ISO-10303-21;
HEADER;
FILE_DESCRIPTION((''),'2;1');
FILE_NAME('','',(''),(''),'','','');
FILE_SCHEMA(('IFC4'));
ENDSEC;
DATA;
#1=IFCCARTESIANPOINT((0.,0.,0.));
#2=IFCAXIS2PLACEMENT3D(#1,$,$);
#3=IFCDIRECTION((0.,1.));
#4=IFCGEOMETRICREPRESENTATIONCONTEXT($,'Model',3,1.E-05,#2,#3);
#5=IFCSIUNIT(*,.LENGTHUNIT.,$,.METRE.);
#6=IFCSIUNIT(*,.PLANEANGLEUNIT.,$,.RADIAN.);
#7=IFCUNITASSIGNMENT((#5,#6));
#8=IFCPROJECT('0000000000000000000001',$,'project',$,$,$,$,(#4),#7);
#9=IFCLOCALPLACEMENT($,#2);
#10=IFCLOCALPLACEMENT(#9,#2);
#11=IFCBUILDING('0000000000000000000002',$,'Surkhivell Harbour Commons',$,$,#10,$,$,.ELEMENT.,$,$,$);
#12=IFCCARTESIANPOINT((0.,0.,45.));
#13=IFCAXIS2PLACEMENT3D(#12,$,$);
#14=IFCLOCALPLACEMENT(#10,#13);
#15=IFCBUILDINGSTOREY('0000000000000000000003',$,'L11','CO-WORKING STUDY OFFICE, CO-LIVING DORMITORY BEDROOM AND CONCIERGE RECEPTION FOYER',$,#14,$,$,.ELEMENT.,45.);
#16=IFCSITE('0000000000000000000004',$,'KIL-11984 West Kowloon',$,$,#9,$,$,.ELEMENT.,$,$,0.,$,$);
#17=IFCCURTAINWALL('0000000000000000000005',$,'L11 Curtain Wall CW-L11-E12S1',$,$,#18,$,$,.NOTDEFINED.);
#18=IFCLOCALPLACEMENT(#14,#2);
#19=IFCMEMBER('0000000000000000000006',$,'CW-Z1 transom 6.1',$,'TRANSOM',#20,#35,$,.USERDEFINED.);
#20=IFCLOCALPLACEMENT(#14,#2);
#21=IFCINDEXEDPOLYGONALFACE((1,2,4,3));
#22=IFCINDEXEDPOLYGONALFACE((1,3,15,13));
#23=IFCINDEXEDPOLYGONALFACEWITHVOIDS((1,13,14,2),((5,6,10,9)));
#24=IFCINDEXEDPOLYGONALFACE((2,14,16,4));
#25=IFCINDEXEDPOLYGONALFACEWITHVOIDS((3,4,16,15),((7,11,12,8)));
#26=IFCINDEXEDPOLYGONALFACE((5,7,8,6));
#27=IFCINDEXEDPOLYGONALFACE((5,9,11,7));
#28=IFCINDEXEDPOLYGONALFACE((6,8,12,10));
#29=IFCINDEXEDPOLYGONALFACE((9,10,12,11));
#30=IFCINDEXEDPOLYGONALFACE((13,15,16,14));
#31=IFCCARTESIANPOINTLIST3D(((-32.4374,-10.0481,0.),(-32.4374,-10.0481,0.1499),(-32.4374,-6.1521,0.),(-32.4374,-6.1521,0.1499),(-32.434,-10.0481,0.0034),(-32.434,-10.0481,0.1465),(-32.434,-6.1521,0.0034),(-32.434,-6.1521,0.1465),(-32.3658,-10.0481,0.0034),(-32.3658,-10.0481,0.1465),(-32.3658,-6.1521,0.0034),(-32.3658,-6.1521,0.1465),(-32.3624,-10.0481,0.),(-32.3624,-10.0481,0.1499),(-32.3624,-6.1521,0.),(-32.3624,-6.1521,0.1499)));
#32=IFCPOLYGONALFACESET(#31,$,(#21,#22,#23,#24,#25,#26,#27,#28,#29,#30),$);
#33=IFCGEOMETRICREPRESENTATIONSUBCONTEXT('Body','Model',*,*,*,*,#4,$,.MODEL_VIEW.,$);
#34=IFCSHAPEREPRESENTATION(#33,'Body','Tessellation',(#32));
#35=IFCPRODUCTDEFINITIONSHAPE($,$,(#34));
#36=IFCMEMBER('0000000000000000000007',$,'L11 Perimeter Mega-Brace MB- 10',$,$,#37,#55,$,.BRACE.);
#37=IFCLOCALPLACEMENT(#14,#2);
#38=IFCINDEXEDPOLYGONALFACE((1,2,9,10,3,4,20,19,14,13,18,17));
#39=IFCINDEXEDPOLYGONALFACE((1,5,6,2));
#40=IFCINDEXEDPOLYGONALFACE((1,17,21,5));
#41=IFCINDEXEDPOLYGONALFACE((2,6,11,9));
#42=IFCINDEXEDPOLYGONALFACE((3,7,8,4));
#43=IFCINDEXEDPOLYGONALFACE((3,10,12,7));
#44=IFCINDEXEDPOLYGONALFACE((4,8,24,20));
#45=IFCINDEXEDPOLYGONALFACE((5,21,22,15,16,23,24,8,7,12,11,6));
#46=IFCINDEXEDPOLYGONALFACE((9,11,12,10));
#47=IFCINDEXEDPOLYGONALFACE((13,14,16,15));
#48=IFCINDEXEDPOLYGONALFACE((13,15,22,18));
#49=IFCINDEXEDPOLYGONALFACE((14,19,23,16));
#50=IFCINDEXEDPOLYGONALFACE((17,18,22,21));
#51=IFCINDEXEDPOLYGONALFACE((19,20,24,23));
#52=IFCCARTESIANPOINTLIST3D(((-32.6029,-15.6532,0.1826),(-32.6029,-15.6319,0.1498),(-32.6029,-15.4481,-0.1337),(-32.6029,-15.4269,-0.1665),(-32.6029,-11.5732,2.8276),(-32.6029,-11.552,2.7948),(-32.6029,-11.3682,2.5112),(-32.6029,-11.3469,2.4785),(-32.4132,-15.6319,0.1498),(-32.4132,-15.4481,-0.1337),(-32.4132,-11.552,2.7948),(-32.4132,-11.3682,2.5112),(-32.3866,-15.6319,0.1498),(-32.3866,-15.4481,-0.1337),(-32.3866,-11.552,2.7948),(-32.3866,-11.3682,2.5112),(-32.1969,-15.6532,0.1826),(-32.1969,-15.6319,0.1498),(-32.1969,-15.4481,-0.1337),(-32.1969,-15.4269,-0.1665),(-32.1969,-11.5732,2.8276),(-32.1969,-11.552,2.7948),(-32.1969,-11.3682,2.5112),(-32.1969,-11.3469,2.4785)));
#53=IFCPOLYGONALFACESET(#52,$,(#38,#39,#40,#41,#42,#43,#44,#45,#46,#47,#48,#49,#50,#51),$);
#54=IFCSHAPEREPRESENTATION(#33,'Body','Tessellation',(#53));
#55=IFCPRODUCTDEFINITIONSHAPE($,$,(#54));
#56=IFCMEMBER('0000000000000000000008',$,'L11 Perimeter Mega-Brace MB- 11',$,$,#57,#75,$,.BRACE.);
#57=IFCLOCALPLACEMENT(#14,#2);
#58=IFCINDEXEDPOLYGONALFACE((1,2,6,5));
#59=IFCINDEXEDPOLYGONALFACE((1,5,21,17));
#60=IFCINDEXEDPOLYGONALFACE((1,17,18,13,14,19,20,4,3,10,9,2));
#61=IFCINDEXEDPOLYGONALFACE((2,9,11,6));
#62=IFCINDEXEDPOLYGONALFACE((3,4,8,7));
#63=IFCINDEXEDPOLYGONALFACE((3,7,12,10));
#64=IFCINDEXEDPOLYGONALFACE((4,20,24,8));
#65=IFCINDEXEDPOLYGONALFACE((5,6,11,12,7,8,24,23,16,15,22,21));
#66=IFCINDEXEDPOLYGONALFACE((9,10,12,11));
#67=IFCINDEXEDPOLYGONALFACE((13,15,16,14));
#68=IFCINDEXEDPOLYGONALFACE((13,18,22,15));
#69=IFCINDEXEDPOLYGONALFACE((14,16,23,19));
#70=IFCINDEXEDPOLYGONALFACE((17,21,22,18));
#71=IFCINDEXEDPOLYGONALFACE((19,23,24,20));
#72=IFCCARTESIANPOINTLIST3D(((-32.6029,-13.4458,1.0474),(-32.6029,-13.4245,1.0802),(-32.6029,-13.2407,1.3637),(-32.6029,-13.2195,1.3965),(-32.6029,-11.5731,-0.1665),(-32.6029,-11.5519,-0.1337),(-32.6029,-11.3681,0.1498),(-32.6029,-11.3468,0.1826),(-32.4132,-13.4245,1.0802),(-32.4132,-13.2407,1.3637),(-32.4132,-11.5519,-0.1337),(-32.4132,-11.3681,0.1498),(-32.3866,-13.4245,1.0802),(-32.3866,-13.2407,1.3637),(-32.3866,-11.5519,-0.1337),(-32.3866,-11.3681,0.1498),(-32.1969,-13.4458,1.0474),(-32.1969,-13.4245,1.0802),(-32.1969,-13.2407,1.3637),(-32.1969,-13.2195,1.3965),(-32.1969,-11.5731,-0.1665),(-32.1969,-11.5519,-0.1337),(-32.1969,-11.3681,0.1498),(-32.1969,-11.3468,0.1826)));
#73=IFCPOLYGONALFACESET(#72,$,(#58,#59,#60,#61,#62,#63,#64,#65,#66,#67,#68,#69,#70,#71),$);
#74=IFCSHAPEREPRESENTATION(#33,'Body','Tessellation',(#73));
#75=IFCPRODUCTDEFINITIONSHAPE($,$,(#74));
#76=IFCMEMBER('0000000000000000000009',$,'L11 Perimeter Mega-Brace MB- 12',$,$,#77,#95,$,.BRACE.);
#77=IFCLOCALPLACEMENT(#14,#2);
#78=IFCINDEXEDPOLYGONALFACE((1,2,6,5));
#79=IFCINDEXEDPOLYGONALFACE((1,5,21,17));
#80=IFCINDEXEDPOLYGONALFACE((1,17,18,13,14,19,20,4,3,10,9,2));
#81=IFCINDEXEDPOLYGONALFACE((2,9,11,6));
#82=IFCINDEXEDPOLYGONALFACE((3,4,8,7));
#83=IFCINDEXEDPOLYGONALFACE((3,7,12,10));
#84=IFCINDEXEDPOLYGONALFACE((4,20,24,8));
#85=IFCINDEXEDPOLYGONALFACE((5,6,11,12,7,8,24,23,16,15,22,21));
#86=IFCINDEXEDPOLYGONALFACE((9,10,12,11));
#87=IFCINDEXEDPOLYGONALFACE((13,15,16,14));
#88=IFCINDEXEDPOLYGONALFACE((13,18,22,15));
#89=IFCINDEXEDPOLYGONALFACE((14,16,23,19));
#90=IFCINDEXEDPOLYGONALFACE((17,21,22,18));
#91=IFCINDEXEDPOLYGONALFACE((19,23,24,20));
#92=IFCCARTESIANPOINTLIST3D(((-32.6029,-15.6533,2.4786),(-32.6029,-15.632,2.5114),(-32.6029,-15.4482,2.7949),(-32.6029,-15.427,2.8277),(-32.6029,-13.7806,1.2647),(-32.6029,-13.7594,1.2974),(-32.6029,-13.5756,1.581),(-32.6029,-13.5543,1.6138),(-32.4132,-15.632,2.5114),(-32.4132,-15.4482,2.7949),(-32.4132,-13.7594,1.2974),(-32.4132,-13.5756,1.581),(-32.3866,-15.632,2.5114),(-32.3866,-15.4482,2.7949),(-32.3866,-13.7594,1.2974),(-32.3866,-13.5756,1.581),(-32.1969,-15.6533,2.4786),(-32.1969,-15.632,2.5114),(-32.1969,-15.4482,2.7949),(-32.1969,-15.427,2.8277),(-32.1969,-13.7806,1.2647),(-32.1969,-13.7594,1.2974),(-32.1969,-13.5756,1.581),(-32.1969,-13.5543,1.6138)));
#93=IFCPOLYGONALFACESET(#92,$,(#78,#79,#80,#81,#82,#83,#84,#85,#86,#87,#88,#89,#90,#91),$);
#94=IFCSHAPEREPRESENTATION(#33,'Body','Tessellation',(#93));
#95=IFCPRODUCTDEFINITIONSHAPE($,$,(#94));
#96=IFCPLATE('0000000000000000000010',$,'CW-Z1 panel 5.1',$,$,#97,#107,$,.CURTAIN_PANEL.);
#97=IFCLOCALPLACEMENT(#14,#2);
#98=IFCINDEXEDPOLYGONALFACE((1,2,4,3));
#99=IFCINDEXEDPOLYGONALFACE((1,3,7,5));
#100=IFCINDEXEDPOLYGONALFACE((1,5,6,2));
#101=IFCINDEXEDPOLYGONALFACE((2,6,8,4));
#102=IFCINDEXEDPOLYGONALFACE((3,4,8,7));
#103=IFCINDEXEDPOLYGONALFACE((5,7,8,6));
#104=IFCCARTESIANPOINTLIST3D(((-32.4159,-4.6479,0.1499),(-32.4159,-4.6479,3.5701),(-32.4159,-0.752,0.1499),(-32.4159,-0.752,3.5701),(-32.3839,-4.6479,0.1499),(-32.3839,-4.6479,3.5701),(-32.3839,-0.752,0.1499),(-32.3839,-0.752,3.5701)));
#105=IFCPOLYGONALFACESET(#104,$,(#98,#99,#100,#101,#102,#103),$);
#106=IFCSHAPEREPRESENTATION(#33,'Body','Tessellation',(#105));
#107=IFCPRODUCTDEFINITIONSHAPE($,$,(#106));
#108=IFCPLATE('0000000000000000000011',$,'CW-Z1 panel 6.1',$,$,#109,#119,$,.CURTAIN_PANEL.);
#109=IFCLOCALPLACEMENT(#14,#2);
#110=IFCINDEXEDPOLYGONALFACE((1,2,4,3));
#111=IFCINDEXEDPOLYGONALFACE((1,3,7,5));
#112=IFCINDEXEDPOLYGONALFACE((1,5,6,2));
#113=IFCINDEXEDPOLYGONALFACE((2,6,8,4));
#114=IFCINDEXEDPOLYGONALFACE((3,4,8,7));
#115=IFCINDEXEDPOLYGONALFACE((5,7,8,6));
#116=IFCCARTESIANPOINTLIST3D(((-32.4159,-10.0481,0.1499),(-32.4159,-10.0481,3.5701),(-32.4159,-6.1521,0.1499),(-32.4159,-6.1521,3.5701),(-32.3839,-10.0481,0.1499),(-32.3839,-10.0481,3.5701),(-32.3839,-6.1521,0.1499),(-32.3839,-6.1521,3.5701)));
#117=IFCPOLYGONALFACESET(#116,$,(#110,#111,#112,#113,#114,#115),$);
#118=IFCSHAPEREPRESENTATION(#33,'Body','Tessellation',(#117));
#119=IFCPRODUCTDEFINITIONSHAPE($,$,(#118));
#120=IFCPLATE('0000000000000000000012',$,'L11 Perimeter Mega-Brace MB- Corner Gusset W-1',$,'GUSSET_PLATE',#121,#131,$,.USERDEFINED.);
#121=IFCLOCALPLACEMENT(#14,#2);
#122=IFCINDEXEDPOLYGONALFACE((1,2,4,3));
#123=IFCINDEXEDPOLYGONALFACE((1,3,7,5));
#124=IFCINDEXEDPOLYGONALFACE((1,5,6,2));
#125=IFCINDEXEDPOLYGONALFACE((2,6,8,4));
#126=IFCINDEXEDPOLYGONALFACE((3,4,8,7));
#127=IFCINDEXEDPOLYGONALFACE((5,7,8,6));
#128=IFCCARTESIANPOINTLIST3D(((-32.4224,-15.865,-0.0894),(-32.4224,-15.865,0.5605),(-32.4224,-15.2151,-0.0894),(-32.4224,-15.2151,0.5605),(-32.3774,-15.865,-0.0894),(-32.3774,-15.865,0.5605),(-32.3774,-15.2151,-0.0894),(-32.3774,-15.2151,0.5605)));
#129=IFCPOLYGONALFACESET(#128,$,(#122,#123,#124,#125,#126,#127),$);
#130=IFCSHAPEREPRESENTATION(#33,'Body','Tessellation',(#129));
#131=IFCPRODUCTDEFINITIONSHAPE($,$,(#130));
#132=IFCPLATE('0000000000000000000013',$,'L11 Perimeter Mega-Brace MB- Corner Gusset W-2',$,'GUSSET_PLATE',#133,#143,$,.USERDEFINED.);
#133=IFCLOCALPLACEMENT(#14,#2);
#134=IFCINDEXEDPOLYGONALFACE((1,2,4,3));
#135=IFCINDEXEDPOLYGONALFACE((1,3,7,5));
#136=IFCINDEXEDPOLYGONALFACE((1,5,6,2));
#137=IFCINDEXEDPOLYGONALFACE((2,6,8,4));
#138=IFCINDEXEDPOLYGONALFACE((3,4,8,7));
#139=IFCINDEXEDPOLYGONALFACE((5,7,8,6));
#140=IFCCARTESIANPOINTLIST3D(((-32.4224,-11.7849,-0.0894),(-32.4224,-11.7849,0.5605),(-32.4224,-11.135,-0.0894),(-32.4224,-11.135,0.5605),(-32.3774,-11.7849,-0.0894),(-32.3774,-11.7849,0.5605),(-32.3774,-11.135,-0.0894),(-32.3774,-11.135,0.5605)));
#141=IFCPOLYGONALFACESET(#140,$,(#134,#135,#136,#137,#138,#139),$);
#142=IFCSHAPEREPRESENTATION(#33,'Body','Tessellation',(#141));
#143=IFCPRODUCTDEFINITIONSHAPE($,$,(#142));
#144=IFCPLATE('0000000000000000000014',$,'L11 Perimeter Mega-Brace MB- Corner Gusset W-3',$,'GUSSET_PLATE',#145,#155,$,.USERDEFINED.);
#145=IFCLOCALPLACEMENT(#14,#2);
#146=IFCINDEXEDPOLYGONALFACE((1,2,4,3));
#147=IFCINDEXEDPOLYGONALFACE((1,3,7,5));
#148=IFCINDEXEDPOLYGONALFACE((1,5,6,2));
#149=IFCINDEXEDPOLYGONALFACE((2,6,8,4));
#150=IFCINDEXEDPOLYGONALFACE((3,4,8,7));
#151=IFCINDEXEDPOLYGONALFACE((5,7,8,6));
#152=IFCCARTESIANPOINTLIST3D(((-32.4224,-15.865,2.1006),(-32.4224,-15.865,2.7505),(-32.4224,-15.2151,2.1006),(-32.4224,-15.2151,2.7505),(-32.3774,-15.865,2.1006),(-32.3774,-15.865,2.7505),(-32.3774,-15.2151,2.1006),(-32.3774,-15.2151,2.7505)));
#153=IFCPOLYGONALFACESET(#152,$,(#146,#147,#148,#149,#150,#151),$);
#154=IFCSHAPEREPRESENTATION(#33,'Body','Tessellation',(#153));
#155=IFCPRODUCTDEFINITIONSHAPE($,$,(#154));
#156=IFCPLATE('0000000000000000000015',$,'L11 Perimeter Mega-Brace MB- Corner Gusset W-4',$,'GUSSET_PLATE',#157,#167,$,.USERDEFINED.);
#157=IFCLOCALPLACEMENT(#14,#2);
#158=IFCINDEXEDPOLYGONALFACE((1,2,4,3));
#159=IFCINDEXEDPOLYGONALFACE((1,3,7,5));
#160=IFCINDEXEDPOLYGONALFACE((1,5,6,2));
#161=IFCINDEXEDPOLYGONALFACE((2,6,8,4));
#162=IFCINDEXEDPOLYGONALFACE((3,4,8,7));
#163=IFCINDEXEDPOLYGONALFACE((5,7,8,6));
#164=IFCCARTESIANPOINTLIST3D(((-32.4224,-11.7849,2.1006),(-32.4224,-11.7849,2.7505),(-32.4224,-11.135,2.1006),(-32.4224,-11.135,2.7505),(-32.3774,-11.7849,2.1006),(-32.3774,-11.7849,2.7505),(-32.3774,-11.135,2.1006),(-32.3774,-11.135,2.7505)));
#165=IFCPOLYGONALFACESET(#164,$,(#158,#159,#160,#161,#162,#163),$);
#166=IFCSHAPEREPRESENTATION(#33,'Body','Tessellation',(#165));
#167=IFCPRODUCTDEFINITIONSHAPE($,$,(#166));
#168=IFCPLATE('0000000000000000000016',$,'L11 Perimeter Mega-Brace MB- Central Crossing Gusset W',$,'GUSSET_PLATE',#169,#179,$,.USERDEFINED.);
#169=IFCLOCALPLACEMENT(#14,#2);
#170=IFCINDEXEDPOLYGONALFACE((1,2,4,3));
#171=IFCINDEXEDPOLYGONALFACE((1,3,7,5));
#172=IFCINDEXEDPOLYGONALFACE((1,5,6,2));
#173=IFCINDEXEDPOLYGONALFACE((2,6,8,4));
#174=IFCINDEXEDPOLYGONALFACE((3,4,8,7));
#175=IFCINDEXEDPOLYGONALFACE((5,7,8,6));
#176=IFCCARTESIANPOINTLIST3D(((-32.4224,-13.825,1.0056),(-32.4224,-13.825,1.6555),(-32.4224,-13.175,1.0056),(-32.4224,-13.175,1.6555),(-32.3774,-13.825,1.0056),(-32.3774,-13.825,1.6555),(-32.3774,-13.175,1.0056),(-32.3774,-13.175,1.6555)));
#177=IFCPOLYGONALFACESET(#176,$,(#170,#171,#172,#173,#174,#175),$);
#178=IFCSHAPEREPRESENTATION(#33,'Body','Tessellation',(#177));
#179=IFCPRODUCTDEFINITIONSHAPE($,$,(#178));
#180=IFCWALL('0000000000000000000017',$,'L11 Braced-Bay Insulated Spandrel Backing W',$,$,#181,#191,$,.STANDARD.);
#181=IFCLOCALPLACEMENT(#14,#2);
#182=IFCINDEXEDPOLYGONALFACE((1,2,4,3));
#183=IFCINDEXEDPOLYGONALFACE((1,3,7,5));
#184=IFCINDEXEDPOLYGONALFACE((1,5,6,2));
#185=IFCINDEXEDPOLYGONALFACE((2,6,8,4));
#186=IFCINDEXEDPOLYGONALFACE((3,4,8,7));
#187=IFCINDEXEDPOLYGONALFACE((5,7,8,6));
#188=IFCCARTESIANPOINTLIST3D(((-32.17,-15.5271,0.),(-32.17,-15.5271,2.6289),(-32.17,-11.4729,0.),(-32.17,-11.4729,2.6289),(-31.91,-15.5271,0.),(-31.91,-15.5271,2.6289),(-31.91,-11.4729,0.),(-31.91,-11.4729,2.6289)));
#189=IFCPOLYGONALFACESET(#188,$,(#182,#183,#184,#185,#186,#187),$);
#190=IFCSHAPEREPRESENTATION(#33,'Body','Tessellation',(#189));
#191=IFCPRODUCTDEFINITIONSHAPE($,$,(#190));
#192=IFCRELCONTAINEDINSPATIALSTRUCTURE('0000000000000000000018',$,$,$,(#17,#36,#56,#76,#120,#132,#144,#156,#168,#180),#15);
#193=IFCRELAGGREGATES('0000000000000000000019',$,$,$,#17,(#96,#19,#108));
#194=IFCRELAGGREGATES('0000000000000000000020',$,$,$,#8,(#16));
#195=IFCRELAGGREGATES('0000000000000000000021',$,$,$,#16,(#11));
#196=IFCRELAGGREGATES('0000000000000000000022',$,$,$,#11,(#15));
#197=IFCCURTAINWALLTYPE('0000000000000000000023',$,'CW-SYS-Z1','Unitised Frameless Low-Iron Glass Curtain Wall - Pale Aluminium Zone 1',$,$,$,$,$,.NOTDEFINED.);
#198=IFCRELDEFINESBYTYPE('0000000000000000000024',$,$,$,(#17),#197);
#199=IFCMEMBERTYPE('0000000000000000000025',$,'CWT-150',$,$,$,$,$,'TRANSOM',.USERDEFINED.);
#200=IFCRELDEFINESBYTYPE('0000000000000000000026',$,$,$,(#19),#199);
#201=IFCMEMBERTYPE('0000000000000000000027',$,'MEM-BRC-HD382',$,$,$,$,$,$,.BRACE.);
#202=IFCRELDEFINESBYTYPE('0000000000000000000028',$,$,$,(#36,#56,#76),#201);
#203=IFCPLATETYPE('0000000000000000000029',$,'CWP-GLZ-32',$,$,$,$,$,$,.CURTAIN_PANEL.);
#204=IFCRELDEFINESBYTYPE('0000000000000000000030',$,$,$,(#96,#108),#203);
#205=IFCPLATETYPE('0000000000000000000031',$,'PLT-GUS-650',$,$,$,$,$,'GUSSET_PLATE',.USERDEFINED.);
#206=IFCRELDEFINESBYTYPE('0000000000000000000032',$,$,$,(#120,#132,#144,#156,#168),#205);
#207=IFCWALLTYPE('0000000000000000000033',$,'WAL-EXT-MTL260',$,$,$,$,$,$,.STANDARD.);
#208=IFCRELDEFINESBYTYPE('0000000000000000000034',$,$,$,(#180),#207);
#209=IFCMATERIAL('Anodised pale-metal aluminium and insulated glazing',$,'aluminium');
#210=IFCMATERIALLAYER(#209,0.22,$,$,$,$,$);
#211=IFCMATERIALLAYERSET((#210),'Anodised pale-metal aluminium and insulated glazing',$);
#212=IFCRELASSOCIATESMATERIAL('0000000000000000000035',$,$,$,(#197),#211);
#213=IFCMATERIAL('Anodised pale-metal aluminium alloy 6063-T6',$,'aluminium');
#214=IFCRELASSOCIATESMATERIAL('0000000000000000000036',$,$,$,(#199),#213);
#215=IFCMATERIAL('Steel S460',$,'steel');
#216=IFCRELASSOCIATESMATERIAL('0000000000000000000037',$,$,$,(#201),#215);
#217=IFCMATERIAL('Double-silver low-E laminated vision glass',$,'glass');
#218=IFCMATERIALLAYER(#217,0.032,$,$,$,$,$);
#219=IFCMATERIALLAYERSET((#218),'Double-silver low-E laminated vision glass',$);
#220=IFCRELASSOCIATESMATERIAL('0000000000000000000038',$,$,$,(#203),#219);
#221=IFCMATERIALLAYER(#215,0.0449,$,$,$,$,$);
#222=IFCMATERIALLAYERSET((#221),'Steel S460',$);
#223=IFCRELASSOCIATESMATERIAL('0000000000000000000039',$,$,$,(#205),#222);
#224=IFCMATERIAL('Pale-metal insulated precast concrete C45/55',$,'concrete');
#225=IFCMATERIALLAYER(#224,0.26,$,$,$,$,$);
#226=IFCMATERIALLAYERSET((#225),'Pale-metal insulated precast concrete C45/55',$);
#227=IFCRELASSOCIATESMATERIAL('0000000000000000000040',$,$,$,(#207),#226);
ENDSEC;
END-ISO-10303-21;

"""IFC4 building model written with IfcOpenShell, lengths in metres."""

from ifc_helpers import new_model, si_unit, direction, frame, frame_2d, origin, origin_2d, place, context, subcontext, project, spatial, rectangle, hollow_rectangle, i_section, extrude, material, layer, layer_set, material_profile, profile_set, type_object, element, aggregate, save


model = new_model("IFC4")

# Units and contexts
model_context = context("Model", 3, precision=1e-05, world=origin(), true_north=direction((0.0, 1.0)))
body_context = subcontext(model_context, "Body", "Model", "MODEL_VIEW")
ifc_project = project(units=[si_unit("LENGTHUNIT", "METRE"), si_unit("PLANEANGLEUNIT", "RADIAN")], contexts=[model_context])

# Site, building, storey
site_placement = place(None, origin())
site = spatial("IfcSite", under=ifc_project, at=site_placement, Name="KIL-11984 West Kowloon", CompositionType="ELEMENT", RefElevation=0.0)
building_placement = place(site_placement, origin())
building = spatial("IfcBuilding", under=site, at=building_placement, Name="Surkhivell Harbour Commons", CompositionType="ELEMENT")
storey_placement = place(building_placement, frame((0.0, 0.0, 45.0)))
storey = spatial("IfcBuildingStorey", under=building, at=storey_placement, Name="L11", Description="CO-WORKING STUDY OFFICE, CO-LIVING DORMITORY BEDROOM AND CONCIERGE RECEPTION FOYER", CompositionType="ELEMENT", Elevation=45.0)

# Shared definitions
ifc_material_1 = material(Name="Steel S460", Category="steel")

# Curtain wall, member
ifc_material_2 = material(Name="Anodised pale-metal aluminium and insulated glazing", Category="aluminium")
ifc_layer_1 = layer(ifc_material_2, 0.22)
ifc_layer_set_1 = layer_set([ifc_layer_1], Name="Anodised pale-metal aluminium and insulated glazing")
curtain_wall_type = type_object("IfcCurtainWallType", Name="CW-SYS-Z1", Description="Unitised Frameless Low-Iron Glass Curtain Wall - Pale Aluminium Zone 1", PredefinedType="NOTDEFINED", material=ifc_layer_set_1)
curtain_wall_placement = place(storey_placement, origin())
curtain_wall = element("IfcCurtainWall", 1, at=curtain_wall_placement, inside=storey, type_object=curtain_wall_type, Name="L11 Curtain Wall CW-L11-E12S1", PredefinedType="NOTDEFINED")
ifc_material_3 = material(Name="Anodised pale-metal aluminium alloy 6063-T6", Category="aluminium")
ifc_material_profile_1 = material_profile(ifc_material_3, hollow_rectangle(XDim=0.075, YDim=0.1499, WallThickness=0.0034, at=origin_2d()), Name="ALU-TRAN-75x150")
ifc_profile_set_1 = profile_set([ifc_material_profile_1], Name="Anodised pale-metal aluminium alloy 6063-T6")
member_type_1 = type_object("IfcMemberType", Name="CWT-150", ElementType="TRANSOM", PredefinedType="USERDEFINED", material=ifc_profile_set_1)
member_1_placement = place(storey_placement, frame((-32.3999, -6.1521, 0.075), z_axis=(0.0, -1.0, 0.0), x_axis=(1.0, 0.0, 0.0)))
member_1 = element("IfcMember", 2, at=member_1_placement, type_object=member_type_1, Name="CW-Z1 transom 6.1", ObjectType="TRANSOM", PredefinedType="USERDEFINED", context=body_context, shape_type="SweptSolid", body=[
    extrude(hollow_rectangle(XDim=0.075, YDim=0.1499, WallThickness=0.0034, at=origin_2d()), origin(), (0.0, 0.0, 1.0), 3.896),
])

# Members
ifc_material_profile_2 = material_profile(ifc_material_1, i_section(OverallWidth=0.406, OverallDepth=0.416, WebThickness=0.0266, FlangeThickness=0.0391, at=origin_2d()), Name="HD400x382")
ifc_profile_set_2 = profile_set([ifc_material_profile_2], Name="Steel S460")
member_type_2 = type_object("IfcMemberType", Name="MEM-BRC-HD382", PredefinedType="BRACE", material=ifc_profile_set_2)
member_2_placement = place(storey_placement, frame((-32.3999, -15.54, 0.0081), z_axis=(0.0, 0.839104, 0.543971), x_axis=(-1.0, 0.0, 0.0)))
element("IfcMember", 3, at=member_2_placement, inside=storey, type_object=member_type_2, Name="L11 Perimeter Mega-Brace MB- 10", PredefinedType="BRACE", context=body_context, shape_type="SweptSolid", body=[
    extrude(i_section(OverallWidth=0.406, OverallDepth=0.416, WebThickness=0.0266, FlangeThickness=0.0391, at=origin_2d()), origin(), (0.0, 0.0, 1.0), 4.8623),
])
for number, where, z_axis, x_axis, name in (
    (4, (-32.3999, -11.46, 0.0081), (0.0, -0.839118, 0.54395), (1.0, 0.0, 0.0), "L11 Perimeter Mega-Brace MB- 11"),
    (5, (-32.3999, -13.6675, 1.4392), (0.0, -0.839118, 0.54395), (1.0, 0.0, 0.0), "L11 Perimeter Mega-Brace MB- 12"),
):
    element("IfcMember", number, at=place(storey_placement, frame(where, z_axis=z_axis, x_axis=x_axis)), inside=storey, type_object=member_type_2, Name=name, PredefinedType="BRACE", context=body_context, shape_type="SweptSolid", body=[
        extrude(i_section(OverallWidth=0.406, OverallDepth=0.416, WebThickness=0.0266, FlangeThickness=0.0391, at=origin_2d()), origin(), (0.0, 0.0, 1.0), 2.2317),
    ])

# Plates
ifc_material_4 = material(Name="Double-silver low-E laminated vision glass", Category="glass")
ifc_layer_2 = layer(ifc_material_4, 0.032)
ifc_layer_set_2 = layer_set([ifc_layer_2], Name="Double-silver low-E laminated vision glass")
plate_type_1 = type_object("IfcPlateType", Name="CWP-GLZ-32", PredefinedType="CURTAIN_PANEL", material=ifc_layer_set_2)
plate_1_placement = place(storey_placement, frame((-32.3999, -0.752, 0.1499), z_axis=(0.0, 0.0, 1.0), x_axis=(0.0, -1.0, 0.0)))
plate_1 = element("IfcPlate", 6, at=plate_1_placement, type_object=plate_type_1, Name="CW-Z1 panel 5.1", PredefinedType="CURTAIN_PANEL", context=body_context, shape_type="SweptSolid", body=[
    extrude(rectangle(XDim=3.896, YDim=0.032, at=frame_2d((1.948, 0.0))), origin(), (0.0, 0.0, 1.0), 3.4202),
])
plate_2_placement = place(storey_placement, frame((-32.3999, -6.1521, 0.1499), z_axis=(0.0, 0.0, 1.0), x_axis=(0.0, -1.0, 0.0)))
plate_2 = element("IfcPlate", 7, at=plate_2_placement, type_object=plate_type_1, Name="CW-Z1 panel 6.1", PredefinedType="CURTAIN_PANEL", context=body_context, shape_type="SweptSolid", body=[
    extrude(rectangle(XDim=3.896, YDim=0.032, at=frame_2d((1.948, 0.0))), origin(), (0.0, 0.0, 1.0), 3.4202),
])
aggregate(curtain_wall, [plate_1, member_1, plate_2])

# Plates
ifc_layer_3 = layer(ifc_material_1, 0.0449)
ifc_layer_set_3 = layer_set([ifc_layer_3], Name="Steel S460")
plate_type_2 = type_object("IfcPlateType", Name="PLT-GUS-650", ElementType="GUSSET_PLATE", PredefinedType="USERDEFINED", material=ifc_layer_set_3)
for number, where, z_axis, x_axis, name in (
    (8, (-32.3999, -15.54, -0.0894), (0.0, 0.0, 1.0), (0.0, 1.0, 0.0), "L11 Perimeter Mega-Brace MB- Corner Gusset W-1"),
    (9, (-32.3999, -11.46, -0.0894), (0.0, 0.0, 1.0), (0.0, 1.0, 0.0), "L11 Perimeter Mega-Brace MB- Corner Gusset W-2"),
    (10, (-32.3999, -15.54, 2.1006), (0.0, 0.0, 1.0), (0.0, 1.0, 0.0), "L11 Perimeter Mega-Brace MB- Corner Gusset W-3"),
    (11, (-32.3999, -11.46, 2.1006), (0.0, 0.0, 1.0), (0.0, 1.0, 0.0), "L11 Perimeter Mega-Brace MB- Corner Gusset W-4"),
    (12, (-32.3999, -13.5, 1.0056), (0.0, 0.0, 1.0), (0.0, 1.0, 0.0), "L11 Perimeter Mega-Brace MB- Central Crossing Gusset W"),
):
    element("IfcPlate", number, at=place(storey_placement, frame(where, z_axis=z_axis, x_axis=x_axis)), inside=storey, type_object=plate_type_2, Name=name, ObjectType="GUSSET_PLATE", PredefinedType="USERDEFINED", context=body_context, shape_type="SweptSolid", body=[
        extrude(rectangle(XDim=0.6499, YDim=0.0449, at=origin_2d()), origin(), (0.0, 0.0, 1.0), 0.6499),
    ])

# Wall
ifc_material_5 = material(Name="Pale-metal insulated precast concrete C45/55", Category="concrete")
ifc_layer_4 = layer(ifc_material_5, 0.26)
ifc_layer_set_4 = layer_set([ifc_layer_4], Name="Pale-metal insulated precast concrete C45/55")
wall_type_1 = type_object("IfcWallType", Name="WAL-EXT-MTL260", PredefinedType="STANDARD", material=ifc_layer_set_4)
wall_placement = place(storey_placement, frame((-32.04, -11.4729, 0.0), z_axis=(0.0, 0.0, 1.0), x_axis=(0.0, -1.0, 0.0)))
element("IfcWall", 13, at=wall_placement, inside=storey, type_object=wall_type_1, Name="L11 Braced-Bay Insulated Spandrel Backing W", PredefinedType="STANDARD", context=body_context, shape_type="SweptSolid", body=[
    extrude(rectangle(XDim=4.0542, YDim=0.26, at=frame_2d((2.0271, 0.0))), origin(), (0.0, 0.0, 1.0), 2.6289),
])

save(model, "model.ifc")
